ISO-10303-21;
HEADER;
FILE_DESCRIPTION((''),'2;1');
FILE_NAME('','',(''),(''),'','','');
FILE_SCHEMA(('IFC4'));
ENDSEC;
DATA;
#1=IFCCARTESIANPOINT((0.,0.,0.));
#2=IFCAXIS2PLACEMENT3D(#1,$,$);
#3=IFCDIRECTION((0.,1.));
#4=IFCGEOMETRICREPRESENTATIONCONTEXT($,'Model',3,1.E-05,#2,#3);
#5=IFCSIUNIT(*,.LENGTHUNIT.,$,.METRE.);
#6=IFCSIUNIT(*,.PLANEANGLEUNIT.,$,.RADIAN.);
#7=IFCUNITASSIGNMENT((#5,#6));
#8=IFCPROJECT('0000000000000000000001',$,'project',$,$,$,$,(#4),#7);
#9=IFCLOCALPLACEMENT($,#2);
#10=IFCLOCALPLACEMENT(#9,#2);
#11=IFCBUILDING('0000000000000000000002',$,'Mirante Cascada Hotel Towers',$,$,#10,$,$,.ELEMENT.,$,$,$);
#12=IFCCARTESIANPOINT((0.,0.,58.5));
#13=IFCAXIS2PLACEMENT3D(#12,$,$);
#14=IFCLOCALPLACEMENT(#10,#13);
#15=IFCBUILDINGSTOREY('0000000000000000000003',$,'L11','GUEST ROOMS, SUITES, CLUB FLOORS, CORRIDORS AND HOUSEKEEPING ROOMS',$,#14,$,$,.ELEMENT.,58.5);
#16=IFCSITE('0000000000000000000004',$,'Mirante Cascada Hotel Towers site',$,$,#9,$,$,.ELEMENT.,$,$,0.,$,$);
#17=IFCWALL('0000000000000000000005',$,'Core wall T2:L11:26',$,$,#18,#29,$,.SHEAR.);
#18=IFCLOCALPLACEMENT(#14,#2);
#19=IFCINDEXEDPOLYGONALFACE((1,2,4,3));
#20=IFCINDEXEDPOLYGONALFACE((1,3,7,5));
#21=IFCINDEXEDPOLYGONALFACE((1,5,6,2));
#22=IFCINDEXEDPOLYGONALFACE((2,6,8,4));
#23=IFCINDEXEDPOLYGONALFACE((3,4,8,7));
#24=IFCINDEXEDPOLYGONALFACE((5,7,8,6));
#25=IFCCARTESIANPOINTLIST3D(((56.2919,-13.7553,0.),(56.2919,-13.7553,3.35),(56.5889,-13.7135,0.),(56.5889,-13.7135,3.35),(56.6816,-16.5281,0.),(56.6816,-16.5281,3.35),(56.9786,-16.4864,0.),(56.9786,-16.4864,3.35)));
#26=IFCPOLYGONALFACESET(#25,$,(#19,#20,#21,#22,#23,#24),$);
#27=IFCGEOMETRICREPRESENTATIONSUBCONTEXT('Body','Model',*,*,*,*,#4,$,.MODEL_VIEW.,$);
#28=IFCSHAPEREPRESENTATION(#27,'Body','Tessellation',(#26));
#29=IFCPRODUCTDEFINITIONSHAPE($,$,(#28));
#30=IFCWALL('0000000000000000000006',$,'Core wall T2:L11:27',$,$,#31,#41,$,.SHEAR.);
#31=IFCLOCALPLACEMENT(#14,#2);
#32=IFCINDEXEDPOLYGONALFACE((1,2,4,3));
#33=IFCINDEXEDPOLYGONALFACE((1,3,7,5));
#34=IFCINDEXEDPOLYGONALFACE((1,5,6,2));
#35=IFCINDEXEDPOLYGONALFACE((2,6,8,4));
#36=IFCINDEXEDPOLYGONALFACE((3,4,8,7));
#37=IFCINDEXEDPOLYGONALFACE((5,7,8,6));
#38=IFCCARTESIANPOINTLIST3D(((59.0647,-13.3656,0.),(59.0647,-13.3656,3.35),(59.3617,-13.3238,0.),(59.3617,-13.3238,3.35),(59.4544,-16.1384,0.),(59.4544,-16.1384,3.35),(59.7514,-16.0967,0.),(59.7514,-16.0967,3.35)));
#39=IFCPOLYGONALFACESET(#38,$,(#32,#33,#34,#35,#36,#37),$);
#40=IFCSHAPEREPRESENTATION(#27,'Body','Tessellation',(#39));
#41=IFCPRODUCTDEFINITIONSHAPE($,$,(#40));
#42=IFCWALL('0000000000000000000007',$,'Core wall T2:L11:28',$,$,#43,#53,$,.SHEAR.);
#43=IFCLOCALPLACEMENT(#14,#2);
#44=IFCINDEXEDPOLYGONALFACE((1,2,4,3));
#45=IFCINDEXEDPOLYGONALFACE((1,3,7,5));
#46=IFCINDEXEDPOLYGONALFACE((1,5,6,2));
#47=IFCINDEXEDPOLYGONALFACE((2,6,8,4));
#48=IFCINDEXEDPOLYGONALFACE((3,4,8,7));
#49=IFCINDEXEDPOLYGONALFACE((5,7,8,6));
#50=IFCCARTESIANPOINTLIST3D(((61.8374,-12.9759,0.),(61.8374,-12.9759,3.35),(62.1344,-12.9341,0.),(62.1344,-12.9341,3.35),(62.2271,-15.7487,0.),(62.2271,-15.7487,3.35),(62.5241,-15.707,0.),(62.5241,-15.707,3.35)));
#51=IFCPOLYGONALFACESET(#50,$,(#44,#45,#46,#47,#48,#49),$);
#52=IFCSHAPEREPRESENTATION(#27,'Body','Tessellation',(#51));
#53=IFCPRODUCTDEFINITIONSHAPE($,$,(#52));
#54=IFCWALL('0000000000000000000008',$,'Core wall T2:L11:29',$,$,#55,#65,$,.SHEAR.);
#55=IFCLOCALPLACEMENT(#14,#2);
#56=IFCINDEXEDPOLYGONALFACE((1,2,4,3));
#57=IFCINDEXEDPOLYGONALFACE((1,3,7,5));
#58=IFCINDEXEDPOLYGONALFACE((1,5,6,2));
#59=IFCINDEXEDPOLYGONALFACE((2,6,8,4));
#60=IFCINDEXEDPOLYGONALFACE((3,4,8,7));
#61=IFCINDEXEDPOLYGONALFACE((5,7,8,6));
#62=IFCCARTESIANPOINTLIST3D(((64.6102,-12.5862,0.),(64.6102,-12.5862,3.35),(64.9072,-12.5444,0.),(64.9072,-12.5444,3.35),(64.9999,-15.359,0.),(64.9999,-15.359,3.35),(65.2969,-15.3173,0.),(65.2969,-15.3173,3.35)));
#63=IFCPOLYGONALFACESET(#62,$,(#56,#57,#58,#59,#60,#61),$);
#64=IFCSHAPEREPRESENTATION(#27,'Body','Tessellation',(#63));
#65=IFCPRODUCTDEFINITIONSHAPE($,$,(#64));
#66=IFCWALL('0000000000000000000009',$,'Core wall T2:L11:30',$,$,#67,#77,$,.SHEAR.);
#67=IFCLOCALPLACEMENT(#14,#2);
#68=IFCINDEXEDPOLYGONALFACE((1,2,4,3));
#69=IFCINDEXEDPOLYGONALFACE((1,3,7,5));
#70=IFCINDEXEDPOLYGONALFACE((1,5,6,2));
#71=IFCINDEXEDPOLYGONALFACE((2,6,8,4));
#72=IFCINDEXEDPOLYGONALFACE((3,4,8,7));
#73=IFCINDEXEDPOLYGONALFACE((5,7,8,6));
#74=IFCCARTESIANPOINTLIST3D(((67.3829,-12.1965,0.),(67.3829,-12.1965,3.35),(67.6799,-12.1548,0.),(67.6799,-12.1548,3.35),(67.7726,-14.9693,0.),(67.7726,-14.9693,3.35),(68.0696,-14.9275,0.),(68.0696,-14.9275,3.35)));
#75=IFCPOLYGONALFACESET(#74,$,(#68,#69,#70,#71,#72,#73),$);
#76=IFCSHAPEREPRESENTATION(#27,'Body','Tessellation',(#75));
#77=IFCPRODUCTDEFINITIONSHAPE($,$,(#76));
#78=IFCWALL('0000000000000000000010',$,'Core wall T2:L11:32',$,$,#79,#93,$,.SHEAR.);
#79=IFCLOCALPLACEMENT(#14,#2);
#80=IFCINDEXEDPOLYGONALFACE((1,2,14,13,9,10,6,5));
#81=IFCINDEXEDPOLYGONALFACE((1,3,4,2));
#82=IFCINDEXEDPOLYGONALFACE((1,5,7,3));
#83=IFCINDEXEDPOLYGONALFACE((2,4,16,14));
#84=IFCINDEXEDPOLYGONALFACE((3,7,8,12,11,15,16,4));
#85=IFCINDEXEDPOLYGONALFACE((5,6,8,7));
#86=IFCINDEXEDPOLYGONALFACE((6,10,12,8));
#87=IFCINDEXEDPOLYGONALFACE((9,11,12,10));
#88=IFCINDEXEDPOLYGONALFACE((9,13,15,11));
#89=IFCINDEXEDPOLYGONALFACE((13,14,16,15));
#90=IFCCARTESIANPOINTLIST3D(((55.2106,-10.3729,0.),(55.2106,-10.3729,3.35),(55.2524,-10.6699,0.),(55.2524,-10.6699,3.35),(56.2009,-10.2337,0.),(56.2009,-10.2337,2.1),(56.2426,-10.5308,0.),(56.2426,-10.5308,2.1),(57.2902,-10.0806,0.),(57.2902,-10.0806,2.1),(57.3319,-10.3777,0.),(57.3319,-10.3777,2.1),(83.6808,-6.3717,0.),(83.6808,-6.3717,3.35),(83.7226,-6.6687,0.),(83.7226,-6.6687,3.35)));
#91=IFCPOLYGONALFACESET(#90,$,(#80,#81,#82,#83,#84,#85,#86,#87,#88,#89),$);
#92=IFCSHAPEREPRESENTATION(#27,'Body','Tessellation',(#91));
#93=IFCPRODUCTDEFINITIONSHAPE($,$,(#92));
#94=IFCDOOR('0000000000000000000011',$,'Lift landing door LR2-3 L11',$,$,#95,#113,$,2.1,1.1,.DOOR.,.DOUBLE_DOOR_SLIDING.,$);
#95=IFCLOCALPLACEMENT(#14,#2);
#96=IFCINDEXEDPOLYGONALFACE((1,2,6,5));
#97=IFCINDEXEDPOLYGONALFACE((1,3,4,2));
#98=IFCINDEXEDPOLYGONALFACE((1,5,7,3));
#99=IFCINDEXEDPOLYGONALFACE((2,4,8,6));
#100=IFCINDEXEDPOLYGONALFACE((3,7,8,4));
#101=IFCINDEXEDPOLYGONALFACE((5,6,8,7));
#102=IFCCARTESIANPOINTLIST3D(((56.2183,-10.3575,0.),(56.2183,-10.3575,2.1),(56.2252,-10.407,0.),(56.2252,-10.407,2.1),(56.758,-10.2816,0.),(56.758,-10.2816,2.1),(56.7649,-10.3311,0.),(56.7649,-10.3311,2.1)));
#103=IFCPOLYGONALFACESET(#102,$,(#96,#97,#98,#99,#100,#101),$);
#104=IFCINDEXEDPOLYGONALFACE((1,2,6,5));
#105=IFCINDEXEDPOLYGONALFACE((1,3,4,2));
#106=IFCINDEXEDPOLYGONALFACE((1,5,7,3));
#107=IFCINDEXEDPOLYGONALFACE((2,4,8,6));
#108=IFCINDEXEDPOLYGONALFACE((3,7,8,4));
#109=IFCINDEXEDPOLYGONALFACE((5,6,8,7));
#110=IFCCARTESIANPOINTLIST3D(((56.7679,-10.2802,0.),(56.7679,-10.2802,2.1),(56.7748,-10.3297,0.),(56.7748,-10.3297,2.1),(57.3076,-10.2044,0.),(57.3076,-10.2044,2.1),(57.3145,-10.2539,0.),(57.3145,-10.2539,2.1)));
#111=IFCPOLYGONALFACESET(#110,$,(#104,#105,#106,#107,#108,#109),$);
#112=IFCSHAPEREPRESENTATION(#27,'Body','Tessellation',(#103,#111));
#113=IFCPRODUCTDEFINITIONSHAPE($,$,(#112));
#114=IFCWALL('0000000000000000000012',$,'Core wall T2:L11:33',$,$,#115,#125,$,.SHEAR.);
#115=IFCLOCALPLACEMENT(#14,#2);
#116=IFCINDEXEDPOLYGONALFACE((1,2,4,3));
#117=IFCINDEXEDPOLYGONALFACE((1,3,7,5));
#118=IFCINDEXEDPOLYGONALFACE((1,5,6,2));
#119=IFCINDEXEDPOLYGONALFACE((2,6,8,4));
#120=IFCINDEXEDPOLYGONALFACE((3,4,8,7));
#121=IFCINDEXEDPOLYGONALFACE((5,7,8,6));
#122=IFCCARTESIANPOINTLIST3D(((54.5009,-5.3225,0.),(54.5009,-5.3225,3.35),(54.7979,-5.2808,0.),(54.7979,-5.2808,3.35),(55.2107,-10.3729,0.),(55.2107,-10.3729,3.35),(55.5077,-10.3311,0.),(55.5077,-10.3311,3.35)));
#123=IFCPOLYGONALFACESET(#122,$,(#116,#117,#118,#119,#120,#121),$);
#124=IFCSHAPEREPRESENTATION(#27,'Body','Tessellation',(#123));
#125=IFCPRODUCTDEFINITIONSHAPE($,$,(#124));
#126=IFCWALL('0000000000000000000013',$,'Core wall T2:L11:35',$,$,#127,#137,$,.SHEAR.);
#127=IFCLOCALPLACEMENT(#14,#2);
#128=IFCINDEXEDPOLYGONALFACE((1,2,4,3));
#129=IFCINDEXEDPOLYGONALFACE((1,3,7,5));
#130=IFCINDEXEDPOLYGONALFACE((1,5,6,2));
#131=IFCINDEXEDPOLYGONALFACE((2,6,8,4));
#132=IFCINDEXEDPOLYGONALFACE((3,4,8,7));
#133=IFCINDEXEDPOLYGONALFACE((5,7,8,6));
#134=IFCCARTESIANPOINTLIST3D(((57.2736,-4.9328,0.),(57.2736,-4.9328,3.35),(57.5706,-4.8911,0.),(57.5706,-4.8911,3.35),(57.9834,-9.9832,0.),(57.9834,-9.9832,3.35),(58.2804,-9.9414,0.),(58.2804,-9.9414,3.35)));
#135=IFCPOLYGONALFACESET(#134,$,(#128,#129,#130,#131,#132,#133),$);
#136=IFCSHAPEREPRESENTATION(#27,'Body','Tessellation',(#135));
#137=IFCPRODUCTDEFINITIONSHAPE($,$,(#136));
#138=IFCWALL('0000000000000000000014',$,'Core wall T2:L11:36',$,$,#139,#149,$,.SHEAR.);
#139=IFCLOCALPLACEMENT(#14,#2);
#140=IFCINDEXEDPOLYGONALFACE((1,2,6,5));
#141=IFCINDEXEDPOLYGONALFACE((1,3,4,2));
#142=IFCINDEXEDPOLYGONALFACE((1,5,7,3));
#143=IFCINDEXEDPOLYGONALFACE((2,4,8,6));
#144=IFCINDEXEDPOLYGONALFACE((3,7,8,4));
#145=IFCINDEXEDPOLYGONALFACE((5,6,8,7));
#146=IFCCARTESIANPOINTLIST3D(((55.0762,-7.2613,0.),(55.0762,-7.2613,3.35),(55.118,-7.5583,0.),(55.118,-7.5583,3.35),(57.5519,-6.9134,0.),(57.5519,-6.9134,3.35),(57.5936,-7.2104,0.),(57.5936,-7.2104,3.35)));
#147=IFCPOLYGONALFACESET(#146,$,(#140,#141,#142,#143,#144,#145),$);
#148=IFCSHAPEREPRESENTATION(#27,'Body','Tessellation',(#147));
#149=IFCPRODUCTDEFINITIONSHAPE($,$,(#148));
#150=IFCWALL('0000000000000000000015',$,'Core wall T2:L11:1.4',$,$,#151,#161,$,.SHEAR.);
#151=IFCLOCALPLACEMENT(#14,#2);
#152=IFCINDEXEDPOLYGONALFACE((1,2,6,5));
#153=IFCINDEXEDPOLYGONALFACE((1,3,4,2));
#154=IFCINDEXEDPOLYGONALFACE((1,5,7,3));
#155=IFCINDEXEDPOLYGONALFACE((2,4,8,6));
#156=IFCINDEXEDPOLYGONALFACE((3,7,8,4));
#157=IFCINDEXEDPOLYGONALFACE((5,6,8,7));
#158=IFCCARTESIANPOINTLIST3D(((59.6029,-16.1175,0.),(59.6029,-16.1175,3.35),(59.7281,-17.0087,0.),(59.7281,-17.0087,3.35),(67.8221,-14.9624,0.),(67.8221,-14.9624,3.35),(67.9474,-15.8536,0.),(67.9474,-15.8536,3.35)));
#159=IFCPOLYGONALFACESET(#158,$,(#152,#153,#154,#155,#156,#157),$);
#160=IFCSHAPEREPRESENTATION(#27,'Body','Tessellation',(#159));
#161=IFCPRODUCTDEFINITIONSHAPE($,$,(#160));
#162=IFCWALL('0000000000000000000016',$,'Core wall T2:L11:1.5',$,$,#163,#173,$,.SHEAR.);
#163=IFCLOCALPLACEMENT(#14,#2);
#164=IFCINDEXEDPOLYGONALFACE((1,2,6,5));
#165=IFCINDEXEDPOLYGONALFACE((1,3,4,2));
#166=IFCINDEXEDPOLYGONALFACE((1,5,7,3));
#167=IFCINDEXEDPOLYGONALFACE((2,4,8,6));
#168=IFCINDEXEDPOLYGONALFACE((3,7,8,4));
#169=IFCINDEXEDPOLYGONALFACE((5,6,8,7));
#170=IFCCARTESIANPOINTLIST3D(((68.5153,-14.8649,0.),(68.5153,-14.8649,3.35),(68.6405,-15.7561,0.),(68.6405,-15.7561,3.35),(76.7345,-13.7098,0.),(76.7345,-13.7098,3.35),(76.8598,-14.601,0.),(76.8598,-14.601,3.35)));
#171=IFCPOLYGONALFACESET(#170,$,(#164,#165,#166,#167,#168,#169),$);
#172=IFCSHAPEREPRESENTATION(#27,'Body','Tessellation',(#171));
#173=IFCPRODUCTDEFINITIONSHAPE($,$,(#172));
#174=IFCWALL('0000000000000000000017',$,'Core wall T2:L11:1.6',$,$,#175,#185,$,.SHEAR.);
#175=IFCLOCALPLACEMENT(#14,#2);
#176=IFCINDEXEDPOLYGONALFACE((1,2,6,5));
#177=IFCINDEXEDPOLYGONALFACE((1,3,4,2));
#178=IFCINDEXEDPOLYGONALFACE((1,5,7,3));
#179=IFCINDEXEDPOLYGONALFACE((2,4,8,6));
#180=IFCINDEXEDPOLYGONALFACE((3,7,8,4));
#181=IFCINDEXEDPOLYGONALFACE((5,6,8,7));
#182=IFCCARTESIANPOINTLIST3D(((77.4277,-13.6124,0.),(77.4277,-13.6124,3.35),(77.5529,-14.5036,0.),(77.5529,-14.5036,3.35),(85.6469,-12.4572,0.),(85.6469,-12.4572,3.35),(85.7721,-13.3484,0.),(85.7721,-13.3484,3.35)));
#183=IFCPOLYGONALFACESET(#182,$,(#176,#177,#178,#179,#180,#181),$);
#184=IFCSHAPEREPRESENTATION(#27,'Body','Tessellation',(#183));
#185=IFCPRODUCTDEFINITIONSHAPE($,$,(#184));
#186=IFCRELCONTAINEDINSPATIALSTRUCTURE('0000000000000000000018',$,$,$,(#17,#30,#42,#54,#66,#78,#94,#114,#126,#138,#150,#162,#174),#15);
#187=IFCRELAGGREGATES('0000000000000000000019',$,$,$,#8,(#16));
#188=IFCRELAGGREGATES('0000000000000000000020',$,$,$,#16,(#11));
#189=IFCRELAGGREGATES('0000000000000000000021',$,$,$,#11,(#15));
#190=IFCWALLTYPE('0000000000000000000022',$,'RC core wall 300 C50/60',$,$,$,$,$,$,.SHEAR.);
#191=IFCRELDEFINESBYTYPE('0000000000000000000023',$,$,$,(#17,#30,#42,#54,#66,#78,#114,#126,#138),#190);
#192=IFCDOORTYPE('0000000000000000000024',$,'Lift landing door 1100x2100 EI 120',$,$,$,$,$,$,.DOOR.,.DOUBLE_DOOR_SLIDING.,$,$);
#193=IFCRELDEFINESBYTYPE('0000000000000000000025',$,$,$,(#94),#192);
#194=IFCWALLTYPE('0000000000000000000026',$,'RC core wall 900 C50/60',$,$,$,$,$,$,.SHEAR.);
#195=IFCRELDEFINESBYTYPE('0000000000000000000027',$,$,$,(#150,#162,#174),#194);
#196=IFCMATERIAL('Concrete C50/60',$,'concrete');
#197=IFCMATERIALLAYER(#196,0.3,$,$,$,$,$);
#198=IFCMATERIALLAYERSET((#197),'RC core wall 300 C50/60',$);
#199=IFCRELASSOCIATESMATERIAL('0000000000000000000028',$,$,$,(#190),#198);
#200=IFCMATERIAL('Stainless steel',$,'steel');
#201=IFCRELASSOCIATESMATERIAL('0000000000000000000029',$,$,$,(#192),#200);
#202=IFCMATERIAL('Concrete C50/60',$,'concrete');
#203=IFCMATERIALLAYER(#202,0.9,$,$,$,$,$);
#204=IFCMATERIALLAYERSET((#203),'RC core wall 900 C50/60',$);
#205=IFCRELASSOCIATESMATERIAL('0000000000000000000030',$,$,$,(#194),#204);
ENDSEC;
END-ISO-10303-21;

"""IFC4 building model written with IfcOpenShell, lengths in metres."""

from ifc_helpers import new_model, si_unit, direction, frame, frame_2d, origin, place, context, subcontext, project, spatial, rectangle, extrude, material, layer, layer_set, type_object, element, fill, save


model = new_model("IFC4")

# Units and contexts
model_context = context("Model", 3, precision=1e-05, world=origin(), true_north=direction((0.0, 1.0)))
body_context = subcontext(model_context, "Body", "Model", "MODEL_VIEW")
ifc_project = project(units=[si_unit("LENGTHUNIT", "METRE"), si_unit("PLANEANGLEUNIT", "RADIAN")], contexts=[model_context])

# Site, building, storey
site_placement = place(None, origin())
site = spatial("IfcSite", under=ifc_project, at=site_placement, Name="Mirante Cascada Hotel Towers site", CompositionType="ELEMENT", RefElevation=0.0)
building_placement = place(site_placement, origin())
building = spatial("IfcBuilding", under=site, at=building_placement, Name="Mirante Cascada Hotel Towers", CompositionType="ELEMENT")
storey_placement = place(building_placement, frame((0.0, 0.0, 58.5)))
storey = spatial("IfcBuildingStorey", under=building, at=storey_placement, Name="L11", Description="GUEST ROOMS, SUITES, CLUB FLOORS, CORRIDORS AND HOUSEKEEPING ROOMS", CompositionType="ELEMENT", Elevation=58.5)

# Walls
ifc_material_1 = material(Name="Concrete C50/60", Category="concrete")
ifc_layer_1 = layer(ifc_material_1, 0.3)
ifc_layer_set_1 = layer_set([ifc_layer_1], Name="RC core wall 300 C50/60")
wall_type_1 = type_object("IfcWallType", Name="RC core wall 300 C50/60", PredefinedType="SHEAR", material=ifc_layer_set_1)
for number, where, z_axis, x_axis, name in (
    (1, (56.8301, -16.5072, 0.0), (0.0, 0.0, 1.0), (-0.139176, 0.990268, 0.0), "Core wall T2:L11:26"),
    (2, (59.6029, -16.1175, 0.0), (0.0, 0.0, 1.0), (-0.139176, 0.990268, 0.0), "Core wall T2:L11:27"),
    (3, (62.3756, -15.7278, 0.0), (0.0, 0.0, 1.0), (-0.139176, 0.990268, 0.0), "Core wall T2:L11:28"),
    (4, (65.1484, -15.3381, 0.0), (0.0, 0.0, 1.0), (-0.139176, 0.990268, 0.0), "Core wall T2:L11:29"),
):
    element("IfcWall", number, at=place(storey_placement, frame(where, z_axis=z_axis, x_axis=x_axis)), inside=storey, type_object=wall_type_1, Name=name, PredefinedType="SHEAR", context=body_context, shape_type="SweptSolid", body=[
        extrude(rectangle(XDim=2.8001, YDim=0.3, at=frame_2d((1.4, 0.0))), origin(), (0.0, 0.0, 1.0), 3.35),
    ])
wall_1_placement = place(storey_placement, frame((67.9211, -14.9484, 0.0), z_axis=(0.0, 0.0, 1.0), x_axis=(-0.139181, 0.990267, 0.0)))
element("IfcWall", 5, at=wall_1_placement, inside=storey, type_object=wall_type_1, Name="Core wall T2:L11:30", PredefinedType="SHEAR", context=body_context, shape_type="SweptSolid", body=[
    extrude(rectangle(XDim=2.8, YDim=0.3, at=frame_2d((1.4, 0.0))), origin(), (0.0, 0.0, 1.0), 3.35),
])

# Wall, opening, door
wall_2_placement = place(storey_placement, frame((55.2315, -10.5214, 0.0), z_axis=(0.0, 0.0, 1.0), x_axis=(0.990268, 0.139172, 0.0)))
wall_2 = element("IfcWall", 6, at=wall_2_placement, inside=storey, type_object=wall_type_1, Name="Core wall T2:L11:32", PredefinedType="SHEAR", context=body_context, shape_type="SweptSolid", body=[
    extrude(rectangle(XDim=28.75, YDim=0.3, at=frame_2d((14.375, 0.0))), origin(), (0.0, 0.0, 1.0), 3.35),
])
opening_placement = place(wall_2_placement, frame((1.0, 0.0, 0.0)))
opening = element("IfcOpeningElement", 7, at=opening_placement, cuts=wall_2, PredefinedType="OPENING", context=body_context, shape_type="SweptSolid", body=[
    extrude(rectangle(XDim=1.1, YDim=2.1, at=frame_2d((0.55, 1.05))), frame((0.0, 0.15, 0.0), z_axis=(0.0, -1.0, 0.0), x_axis=(1.0, 0.0, 0.0)), (0.0, 0.0, 1.0), 0.3),
])
ifc_material_2 = material(Name="Stainless steel", Category="steel")
door_type = type_object("IfcDoorType", Name="Lift landing door 1100x2100 EI 120", OperationType="DOUBLE_DOOR_SLIDING", PredefinedType="DOOR", material=ifc_material_2)
door_placement = place(opening_placement, origin())
door = element("IfcDoor", 8, at=door_placement, inside=storey, type_object=door_type, Name="Lift landing door LR2-3 L11", OperationType="DOUBLE_DOOR_SLIDING", OverallHeight=2.1, OverallWidth=1.1, PredefinedType="DOOR", context=body_context, shape_type="SweptSolid", body=[
    extrude(rectangle(XDim=0.545, YDim=2.1, at=frame_2d((0.2725, 1.05))), frame((0.0, 0.025, 0.0), z_axis=(0.0, -1.0, 0.0), x_axis=(1.0, 0.0, 0.0)), (0.0, 0.0, 1.0), 0.05),
    extrude(rectangle(XDim=0.545, YDim=2.1, at=frame_2d((0.8275, 1.05))), frame((0.0, 0.025, 0.0), z_axis=(0.0, -1.0, 0.0), x_axis=(1.0, 0.0, 0.0)), (0.0, 0.0, 1.0), 0.05),
])
fill(opening, door)

# Walls
for number, where, z_axis, x_axis, name in (
    (9, (55.3592, -10.352, 0.0), (0.0, 0.0, 1.0), (-0.139176, 0.990268, 0.0), "Core wall T2:L11:33"),
    (10, (58.1319, -9.9623, 0.0), (0.0, 0.0, 1.0), (-0.139176, 0.990268, 0.0), "Core wall T2:L11:35"),
):
    element("IfcWall", number, at=place(storey_placement, frame(where, z_axis=z_axis, x_axis=x_axis)), inside=storey, type_object=wall_type_1, Name=name, PredefinedType="SHEAR", context=body_context, shape_type="SweptSolid", body=[
        extrude(rectangle(XDim=5.1, YDim=0.3, at=frame_2d((2.55, 0.0))), origin(), (0.0, 0.0, 1.0), 3.35),
    ])
wall_3_placement = place(storey_placement, frame((55.0971, -7.4098, 0.0), z_axis=(0.0, 0.0, 1.0), x_axis=(0.99027, 0.139159, 0.0)))
element("IfcWall", 11, at=wall_3_placement, inside=storey, type_object=wall_type_1, Name="Core wall T2:L11:36", PredefinedType="SHEAR", context=body_context, shape_type="SweptSolid", body=[
    extrude(rectangle(XDim=2.5, YDim=0.3, at=frame_2d((1.25, 0.0))), origin(), (0.0, 0.0, 1.0), 3.35),
])
ifc_material_3 = material(Name="Concrete C50/60", Category="concrete")
ifc_layer_2 = layer(ifc_material_3, 0.9)
ifc_layer_set_2 = layer_set([ifc_layer_2], Name="RC core wall 900 C50/60")
wall_type_2 = type_object("IfcWallType", Name="RC core wall 900 C50/60", PredefinedType="SHEAR", material=ifc_layer_set_2)
for number, where, z_axis, x_axis, name in (
    (12, (59.6655, -16.5631, 0.0), (0.0, 0.0, 1.0), (0.990269, 0.139169, 0.0), "Core wall T2:L11:1.4"),
    (13, (68.5779, -15.3105, 0.0), (0.0, 0.0, 1.0), (0.990269, 0.139169, 0.0), "Core wall T2:L11:1.5"),
    (14, (77.4903, -14.058, 0.0), (0.0, 0.0, 1.0), (0.990267, 0.139181, 0.0), "Core wall T2:L11:1.6"),
):
    element("IfcWall", number, at=place(storey_placement, frame(where, z_axis=z_axis, x_axis=x_axis)), inside=storey, type_object=wall_type_2, Name=name, PredefinedType="SHEAR", context=body_context, shape_type="SweptSolid", body=[
        extrude(rectangle(XDim=8.3, YDim=0.9, at=frame_2d((4.15, 0.0))), origin(), (0.0, 0.0, 1.0), 3.35),
    ])

save(model, "model.ifc")
